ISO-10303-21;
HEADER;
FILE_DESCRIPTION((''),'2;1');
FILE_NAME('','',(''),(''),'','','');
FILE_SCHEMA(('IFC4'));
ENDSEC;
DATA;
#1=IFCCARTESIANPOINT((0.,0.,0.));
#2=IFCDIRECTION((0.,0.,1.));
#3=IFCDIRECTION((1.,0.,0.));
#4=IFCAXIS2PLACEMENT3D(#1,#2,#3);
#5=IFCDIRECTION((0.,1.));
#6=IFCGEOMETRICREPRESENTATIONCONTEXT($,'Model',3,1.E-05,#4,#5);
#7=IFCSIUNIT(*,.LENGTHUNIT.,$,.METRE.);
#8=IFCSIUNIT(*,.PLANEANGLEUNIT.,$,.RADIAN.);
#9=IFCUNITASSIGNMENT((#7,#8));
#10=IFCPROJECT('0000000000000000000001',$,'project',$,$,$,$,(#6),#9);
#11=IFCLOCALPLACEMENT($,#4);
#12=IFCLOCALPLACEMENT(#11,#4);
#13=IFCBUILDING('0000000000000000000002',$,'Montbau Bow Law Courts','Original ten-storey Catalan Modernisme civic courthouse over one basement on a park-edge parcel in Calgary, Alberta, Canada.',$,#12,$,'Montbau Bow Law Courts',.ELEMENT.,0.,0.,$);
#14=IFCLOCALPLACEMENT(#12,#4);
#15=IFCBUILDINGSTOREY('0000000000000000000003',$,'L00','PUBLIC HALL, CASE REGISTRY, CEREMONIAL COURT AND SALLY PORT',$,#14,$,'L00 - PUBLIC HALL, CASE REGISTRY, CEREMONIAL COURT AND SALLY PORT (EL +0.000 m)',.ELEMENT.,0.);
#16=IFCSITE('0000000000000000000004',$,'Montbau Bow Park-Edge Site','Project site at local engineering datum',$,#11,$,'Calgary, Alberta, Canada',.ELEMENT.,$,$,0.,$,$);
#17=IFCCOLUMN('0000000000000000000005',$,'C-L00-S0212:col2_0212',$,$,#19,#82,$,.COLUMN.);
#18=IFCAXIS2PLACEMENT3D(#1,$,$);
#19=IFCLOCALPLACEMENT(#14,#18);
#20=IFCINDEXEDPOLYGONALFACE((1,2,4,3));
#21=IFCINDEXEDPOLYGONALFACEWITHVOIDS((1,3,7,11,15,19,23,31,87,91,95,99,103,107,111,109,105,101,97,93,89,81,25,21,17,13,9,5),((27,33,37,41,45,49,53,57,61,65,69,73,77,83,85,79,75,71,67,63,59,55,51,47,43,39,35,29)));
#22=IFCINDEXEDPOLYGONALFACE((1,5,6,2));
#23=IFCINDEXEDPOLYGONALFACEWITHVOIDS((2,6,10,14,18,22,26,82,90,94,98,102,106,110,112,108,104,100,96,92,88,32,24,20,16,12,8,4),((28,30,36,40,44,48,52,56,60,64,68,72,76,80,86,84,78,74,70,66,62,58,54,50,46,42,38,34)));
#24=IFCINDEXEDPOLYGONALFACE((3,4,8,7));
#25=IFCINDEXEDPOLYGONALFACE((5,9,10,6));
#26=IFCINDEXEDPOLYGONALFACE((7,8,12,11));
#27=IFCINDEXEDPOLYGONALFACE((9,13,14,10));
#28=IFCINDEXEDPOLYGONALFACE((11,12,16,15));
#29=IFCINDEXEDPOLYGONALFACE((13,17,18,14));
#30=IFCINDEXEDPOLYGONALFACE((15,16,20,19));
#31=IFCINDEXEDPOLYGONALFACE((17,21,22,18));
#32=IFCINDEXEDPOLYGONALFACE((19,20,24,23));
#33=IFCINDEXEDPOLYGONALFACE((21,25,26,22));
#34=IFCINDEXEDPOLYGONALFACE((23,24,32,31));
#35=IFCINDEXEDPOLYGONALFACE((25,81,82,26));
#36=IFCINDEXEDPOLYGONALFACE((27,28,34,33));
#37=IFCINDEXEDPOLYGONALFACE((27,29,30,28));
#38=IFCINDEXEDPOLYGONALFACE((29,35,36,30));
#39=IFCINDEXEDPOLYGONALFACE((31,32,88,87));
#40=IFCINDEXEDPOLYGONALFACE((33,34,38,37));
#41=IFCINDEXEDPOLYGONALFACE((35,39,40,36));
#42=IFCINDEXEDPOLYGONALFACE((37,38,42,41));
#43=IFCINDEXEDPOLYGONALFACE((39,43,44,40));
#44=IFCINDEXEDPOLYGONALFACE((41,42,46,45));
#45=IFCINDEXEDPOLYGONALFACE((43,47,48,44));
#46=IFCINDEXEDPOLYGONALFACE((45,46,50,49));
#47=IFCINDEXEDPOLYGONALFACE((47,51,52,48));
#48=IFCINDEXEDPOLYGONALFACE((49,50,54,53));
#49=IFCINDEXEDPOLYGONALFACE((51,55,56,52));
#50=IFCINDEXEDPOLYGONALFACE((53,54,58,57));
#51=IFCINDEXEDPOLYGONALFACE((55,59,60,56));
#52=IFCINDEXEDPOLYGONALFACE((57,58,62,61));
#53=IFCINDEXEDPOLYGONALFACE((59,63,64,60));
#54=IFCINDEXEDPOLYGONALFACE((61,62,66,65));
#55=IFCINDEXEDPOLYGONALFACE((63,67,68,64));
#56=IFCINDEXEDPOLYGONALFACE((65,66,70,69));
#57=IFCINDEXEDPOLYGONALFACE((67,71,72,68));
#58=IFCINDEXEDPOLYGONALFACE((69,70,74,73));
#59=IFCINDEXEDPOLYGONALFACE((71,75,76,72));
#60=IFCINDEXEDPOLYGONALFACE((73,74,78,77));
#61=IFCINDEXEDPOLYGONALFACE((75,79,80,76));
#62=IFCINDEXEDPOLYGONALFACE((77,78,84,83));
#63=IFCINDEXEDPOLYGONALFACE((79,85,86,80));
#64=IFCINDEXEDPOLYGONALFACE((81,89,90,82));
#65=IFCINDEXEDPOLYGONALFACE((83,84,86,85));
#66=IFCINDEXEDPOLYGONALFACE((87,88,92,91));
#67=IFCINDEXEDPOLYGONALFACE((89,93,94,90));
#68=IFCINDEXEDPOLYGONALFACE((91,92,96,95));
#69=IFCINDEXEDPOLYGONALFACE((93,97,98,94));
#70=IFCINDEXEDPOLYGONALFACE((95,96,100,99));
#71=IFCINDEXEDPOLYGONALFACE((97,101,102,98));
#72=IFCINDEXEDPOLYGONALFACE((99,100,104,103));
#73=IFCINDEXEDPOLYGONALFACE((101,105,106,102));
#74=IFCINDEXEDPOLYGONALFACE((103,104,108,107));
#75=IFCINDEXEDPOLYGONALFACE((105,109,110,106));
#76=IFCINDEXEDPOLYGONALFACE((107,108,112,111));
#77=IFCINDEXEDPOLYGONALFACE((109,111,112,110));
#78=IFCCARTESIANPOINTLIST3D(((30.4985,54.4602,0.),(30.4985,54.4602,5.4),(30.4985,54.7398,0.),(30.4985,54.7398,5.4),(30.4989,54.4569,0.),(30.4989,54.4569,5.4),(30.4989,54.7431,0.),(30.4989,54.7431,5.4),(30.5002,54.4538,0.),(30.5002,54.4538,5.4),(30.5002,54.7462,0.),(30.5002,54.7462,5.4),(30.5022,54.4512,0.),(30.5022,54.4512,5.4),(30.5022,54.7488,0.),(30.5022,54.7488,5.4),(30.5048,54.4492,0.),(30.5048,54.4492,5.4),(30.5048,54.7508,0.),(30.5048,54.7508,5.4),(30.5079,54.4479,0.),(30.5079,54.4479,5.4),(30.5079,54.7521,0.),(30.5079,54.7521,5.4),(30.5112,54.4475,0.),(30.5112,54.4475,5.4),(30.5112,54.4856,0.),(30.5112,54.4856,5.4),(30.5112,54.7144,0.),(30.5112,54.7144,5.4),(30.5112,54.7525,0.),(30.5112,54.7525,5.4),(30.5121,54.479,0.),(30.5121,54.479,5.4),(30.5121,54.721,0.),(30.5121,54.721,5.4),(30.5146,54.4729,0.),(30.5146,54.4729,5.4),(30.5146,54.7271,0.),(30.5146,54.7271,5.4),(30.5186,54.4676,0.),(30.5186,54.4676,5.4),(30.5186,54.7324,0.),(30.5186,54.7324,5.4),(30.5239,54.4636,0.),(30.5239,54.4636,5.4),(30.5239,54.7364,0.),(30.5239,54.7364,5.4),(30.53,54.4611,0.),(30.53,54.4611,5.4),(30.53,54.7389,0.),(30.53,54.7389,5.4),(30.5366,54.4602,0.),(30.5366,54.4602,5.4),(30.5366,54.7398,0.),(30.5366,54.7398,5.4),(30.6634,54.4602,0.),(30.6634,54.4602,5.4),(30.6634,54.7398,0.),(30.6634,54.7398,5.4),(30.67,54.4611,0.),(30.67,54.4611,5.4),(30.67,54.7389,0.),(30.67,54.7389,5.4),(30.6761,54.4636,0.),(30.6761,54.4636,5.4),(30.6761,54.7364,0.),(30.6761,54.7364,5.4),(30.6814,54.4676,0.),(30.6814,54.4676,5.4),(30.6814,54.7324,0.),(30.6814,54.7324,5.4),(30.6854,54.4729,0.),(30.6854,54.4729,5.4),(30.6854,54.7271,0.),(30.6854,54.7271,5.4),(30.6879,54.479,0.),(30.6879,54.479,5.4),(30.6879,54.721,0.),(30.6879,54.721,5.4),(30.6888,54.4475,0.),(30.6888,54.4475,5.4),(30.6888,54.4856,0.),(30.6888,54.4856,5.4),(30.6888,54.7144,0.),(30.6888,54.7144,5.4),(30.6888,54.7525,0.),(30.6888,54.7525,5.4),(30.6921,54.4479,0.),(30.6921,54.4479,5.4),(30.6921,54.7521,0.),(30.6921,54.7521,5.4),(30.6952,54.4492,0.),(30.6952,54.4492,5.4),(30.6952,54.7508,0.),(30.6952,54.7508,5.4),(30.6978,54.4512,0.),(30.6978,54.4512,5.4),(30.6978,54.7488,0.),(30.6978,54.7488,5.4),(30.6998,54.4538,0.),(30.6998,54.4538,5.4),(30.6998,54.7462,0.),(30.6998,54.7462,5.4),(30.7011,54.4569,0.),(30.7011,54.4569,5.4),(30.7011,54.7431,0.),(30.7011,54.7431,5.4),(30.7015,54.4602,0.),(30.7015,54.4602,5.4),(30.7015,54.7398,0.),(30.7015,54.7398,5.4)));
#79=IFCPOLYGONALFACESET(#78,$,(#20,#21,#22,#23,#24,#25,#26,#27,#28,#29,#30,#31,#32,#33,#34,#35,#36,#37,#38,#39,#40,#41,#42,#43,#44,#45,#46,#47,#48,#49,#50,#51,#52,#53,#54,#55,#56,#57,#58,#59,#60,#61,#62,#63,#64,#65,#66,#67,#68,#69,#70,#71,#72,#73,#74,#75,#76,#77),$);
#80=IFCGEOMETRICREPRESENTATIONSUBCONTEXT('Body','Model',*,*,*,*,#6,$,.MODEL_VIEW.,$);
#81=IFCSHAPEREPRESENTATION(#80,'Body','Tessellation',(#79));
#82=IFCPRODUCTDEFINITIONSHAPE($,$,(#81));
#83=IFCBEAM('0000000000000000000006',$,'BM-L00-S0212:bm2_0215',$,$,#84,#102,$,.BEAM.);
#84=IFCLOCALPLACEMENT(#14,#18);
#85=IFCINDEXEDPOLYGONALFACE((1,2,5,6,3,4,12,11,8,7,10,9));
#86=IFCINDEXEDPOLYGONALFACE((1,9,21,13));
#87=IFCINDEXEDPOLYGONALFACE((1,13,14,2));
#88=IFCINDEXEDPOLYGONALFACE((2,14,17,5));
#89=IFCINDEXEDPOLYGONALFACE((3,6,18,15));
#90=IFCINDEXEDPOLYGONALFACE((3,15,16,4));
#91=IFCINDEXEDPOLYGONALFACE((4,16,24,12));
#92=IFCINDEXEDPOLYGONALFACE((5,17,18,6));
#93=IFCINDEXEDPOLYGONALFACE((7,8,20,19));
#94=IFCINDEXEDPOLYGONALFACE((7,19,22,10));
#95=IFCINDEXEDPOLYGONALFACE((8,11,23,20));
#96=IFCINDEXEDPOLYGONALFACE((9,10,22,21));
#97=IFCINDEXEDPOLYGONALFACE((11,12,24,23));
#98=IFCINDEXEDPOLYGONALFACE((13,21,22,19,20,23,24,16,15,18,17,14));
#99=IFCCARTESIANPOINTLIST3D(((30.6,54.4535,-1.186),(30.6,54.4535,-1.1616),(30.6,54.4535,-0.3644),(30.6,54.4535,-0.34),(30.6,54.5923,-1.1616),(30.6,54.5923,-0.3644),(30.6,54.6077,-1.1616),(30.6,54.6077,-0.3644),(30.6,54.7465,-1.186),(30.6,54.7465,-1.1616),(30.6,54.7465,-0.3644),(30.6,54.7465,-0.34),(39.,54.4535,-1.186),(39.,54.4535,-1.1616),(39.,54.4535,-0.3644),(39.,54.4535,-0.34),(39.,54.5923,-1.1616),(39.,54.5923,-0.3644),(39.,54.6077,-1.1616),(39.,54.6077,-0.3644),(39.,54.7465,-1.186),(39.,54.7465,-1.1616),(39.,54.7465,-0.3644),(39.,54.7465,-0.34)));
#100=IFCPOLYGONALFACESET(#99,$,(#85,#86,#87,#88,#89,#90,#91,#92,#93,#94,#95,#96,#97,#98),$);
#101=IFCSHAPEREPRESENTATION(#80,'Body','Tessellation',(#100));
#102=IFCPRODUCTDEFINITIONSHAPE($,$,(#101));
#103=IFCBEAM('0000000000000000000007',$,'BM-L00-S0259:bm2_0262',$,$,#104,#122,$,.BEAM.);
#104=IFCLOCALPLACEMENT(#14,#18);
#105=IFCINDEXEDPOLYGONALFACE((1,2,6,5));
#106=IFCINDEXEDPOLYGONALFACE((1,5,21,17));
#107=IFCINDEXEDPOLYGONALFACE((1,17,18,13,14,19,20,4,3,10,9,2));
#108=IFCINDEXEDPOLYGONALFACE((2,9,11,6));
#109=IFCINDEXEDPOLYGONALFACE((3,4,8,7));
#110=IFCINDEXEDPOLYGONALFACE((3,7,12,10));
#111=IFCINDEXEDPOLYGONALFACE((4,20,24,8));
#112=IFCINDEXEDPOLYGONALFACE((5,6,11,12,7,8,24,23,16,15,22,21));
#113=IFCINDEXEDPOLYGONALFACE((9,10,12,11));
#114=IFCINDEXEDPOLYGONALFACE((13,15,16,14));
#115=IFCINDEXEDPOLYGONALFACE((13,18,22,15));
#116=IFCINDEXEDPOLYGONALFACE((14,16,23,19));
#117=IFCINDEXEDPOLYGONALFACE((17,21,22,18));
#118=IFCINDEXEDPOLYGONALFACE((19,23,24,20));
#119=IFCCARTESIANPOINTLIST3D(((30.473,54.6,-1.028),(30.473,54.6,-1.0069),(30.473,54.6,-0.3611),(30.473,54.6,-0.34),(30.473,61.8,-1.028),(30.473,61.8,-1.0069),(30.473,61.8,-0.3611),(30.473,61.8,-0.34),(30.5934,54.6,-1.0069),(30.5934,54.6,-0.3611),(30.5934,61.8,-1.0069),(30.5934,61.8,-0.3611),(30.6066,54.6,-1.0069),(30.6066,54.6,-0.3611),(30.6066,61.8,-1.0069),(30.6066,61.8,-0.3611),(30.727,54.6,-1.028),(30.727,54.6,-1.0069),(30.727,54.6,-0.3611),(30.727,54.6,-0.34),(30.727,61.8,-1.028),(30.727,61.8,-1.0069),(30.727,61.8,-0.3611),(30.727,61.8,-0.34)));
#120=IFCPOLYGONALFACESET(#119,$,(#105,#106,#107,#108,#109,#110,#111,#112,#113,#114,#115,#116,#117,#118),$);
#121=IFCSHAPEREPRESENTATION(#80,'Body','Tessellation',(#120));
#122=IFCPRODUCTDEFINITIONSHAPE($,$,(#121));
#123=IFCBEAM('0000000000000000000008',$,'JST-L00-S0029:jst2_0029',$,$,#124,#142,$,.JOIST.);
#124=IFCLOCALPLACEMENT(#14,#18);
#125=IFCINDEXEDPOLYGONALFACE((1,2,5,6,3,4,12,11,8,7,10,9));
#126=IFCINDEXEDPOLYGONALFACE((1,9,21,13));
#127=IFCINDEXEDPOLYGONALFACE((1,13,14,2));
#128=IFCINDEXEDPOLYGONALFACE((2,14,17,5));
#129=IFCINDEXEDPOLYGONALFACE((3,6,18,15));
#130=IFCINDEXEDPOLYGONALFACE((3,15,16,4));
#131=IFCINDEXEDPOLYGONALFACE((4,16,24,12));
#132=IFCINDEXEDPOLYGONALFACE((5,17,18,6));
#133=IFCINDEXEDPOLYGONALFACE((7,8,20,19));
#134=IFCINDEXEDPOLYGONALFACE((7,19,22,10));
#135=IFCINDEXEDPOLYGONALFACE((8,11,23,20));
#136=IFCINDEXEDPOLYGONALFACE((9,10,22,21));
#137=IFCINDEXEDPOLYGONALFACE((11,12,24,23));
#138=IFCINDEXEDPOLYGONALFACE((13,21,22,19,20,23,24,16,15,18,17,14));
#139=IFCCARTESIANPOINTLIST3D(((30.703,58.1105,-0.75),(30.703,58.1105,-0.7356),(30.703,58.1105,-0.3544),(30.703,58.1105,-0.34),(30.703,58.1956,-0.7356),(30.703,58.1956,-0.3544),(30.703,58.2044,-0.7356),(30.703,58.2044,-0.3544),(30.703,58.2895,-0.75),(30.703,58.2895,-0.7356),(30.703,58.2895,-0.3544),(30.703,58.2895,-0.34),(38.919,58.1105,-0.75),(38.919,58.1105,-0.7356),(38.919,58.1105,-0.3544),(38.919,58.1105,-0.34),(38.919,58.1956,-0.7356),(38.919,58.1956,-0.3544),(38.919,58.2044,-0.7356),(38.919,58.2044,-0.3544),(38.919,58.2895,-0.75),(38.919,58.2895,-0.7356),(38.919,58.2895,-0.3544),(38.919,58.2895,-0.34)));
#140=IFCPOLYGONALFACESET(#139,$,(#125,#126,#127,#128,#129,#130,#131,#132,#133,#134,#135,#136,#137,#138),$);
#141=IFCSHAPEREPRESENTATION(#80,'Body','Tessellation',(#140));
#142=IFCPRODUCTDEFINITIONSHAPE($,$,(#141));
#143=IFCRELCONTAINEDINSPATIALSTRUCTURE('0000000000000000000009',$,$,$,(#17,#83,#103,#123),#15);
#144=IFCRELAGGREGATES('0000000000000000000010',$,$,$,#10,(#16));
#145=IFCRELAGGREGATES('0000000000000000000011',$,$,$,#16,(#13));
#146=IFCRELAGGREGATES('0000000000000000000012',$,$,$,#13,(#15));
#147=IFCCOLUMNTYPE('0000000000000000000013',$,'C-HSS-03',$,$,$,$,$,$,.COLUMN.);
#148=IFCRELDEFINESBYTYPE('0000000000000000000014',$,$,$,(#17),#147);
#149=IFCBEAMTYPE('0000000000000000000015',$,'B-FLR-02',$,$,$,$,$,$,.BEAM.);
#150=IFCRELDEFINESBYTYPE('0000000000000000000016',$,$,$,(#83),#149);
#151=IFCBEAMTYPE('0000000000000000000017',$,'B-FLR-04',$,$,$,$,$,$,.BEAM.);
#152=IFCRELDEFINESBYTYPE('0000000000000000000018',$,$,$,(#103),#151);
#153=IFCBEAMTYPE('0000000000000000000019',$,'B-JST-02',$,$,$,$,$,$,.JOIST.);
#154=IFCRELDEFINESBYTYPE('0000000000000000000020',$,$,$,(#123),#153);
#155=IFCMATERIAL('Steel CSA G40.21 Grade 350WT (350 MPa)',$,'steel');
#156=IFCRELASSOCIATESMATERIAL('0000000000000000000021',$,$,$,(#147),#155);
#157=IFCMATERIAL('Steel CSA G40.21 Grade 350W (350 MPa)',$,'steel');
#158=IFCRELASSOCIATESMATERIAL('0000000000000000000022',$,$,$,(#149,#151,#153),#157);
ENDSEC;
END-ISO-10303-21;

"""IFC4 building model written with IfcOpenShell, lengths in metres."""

from ifc_helpers import new_model, si_unit, direction, frame, origin_with_axes, origin_2d_with_axis, place, context, subcontext, project, spatial, hollow_rectangle, i_section, extrude, material, material_profile, profile_set, type_object, element, save


model = new_model("IFC4")

# Units and contexts
model_context = context("Model", 3, precision=1e-05, world=origin_with_axes(), true_north=direction((0.0, 1.0)))
body_context = subcontext(model_context, "Body", "Model", "MODEL_VIEW")
ifc_project = project(units=[si_unit("LENGTHUNIT", "METRE"), si_unit("PLANEANGLEUNIT", "RADIAN")], contexts=[model_context])

# Site, building, storey
site_placement = place(None, origin_with_axes())
site = spatial("IfcSite", under=ifc_project, at=site_placement, Name="Montbau Bow Park-Edge Site", Description="Project site at local engineering datum", LongName="Calgary, Alberta, Canada", CompositionType="ELEMENT", RefElevation=0.0)
building_placement = place(site_placement, origin_with_axes())
building = spatial("IfcBuilding", under=site, at=building_placement, Name="Montbau Bow Law Courts", Description="Original ten-storey Catalan Modernisme civic courthouse over one basement on a park-edge parcel in Calgary, Alberta, Canada.", LongName="Montbau Bow Law Courts", CompositionType="ELEMENT", ElevationOfRefHeight=0.0, ElevationOfTerrain=0.0)
storey_placement = place(building_placement, origin_with_axes())
storey = spatial("IfcBuildingStorey", under=building, at=storey_placement, Name="L00", Description="PUBLIC HALL, CASE REGISTRY, CEREMONIAL COURT AND SALLY PORT", LongName="L00 - PUBLIC HALL, CASE REGISTRY, CEREMONIAL COURT AND SALLY PORT (EL +0.000 m)", CompositionType="ELEMENT", Elevation=0.0)

# Column
ifc_material_1 = material(Name="Steel CSA G40.21 Grade 350WT (350 MPa)", Category="steel")
ifc_material_profile_1 = material_profile(ifc_material_1, hollow_rectangle(XDim=0.203, YDim=0.305, WallThickness=0.0127, InnerFilletRadius=0.0254, OuterFilletRadius=0.0127, at=origin_2d_with_axis()), Name="HSS305X203X13", Category="Main", Priority=0)
ifc_profile_set_1 = profile_set([ifc_material_profile_1], Name="Steel CSA G40.21 Grade 350WT (350 MPa)")
column_type = type_object("IfcColumnType", Name="C-HSS-03", PredefinedType="COLUMN", material=ifc_profile_set_1)
column_placement = place(None, frame((30.6, 54.6, 0.0), z_axis=(0.0, 0.0, 1.0), x_axis=(1.0, 0.0, 0.0)))
element("IfcColumn", 1, at=column_placement, inside=storey, type_object=column_type, Name="C-L00-S0212:col2_0212", PredefinedType="COLUMN", context=body_context, shape_type="SweptSolid", body=[
    extrude(hollow_rectangle(XDim=0.203, YDim=0.305, WallThickness=0.0127, InnerFilletRadius=0.0254, OuterFilletRadius=0.0127, at=origin_2d_with_axis()), origin_with_axes(), (0.0, 0.0, 1.0), 5.4),
])

# Beams
ifc_material_2 = material(Name="Steel CSA G40.21 Grade 350W (350 MPa)", Category="steel")
ifc_material_profile_2 = material_profile(ifc_material_2, i_section(OverallWidth=0.293, OverallDepth=0.846, WebThickness=0.0154, FlangeThickness=0.0244, at=origin_2d_with_axis()), Name="W840X210", Category="Main", Priority=0)
ifc_profile_set_2 = profile_set([ifc_material_profile_2], Name="Steel CSA G40.21 Grade 350W (350 MPa)")
beam_type_1 = type_object("IfcBeamType", Name="B-FLR-02", PredefinedType="BEAM", material=ifc_profile_set_2)
beam_1_placement = place(None, frame((30.6, 54.6, -0.763), z_axis=(1.0, 0.0, 0.0), x_axis=(0.0, 1.0, 0.0)))
element("IfcBeam", 2, at=beam_1_placement, inside=storey, type_object=beam_type_1, Name="BM-L00-S0212:bm2_0215", PredefinedType="BEAM", context=body_context, shape_type="SweptSolid", body=[
    extrude(i_section(OverallWidth=0.293, OverallDepth=0.846, WebThickness=0.0154, FlangeThickness=0.0244, at=origin_2d_with_axis()), origin_with_axes(), (0.0, 0.0, 1.0), 8.4),
])
ifc_material_profile_3 = material_profile(ifc_material_2, i_section(OverallWidth=0.254, OverallDepth=0.688, WebThickness=0.0131, FlangeThickness=0.0211, at=origin_2d_with_axis()), Name="W690X152", Category="Main", Priority=0)
ifc_profile_set_3 = profile_set([ifc_material_profile_3], Name="Steel CSA G40.21 Grade 350W (350 MPa)")
beam_type_2 = type_object("IfcBeamType", Name="B-FLR-04", PredefinedType="BEAM", material=ifc_profile_set_3)
beam_2_placement = place(None, frame((30.6, 54.6, -0.684), z_axis=(0.0, 1.0, 0.0), x_axis=(-1.0, 0.0, 0.0)))
element("IfcBeam", 3, at=beam_2_placement, inside=storey, type_object=beam_type_2, Name="BM-L00-S0259:bm2_0262", PredefinedType="BEAM", context=body_context, shape_type="SweptSolid", body=[
    extrude(i_section(OverallWidth=0.254, OverallDepth=0.688, WebThickness=0.0131, FlangeThickness=0.0211, at=origin_2d_with_axis()), origin_with_axes(), (0.0, 0.0, 1.0), 7.2),
])
ifc_material_profile_4 = material_profile(ifc_material_2, i_section(OverallWidth=0.179, OverallDepth=0.41, WebThickness=0.0088, FlangeThickness=0.0144, at=origin_2d_with_axis()), Name="W410X67", Category="Main", Priority=0)
ifc_profile_set_4 = profile_set([ifc_material_profile_4], Name="Steel CSA G40.21 Grade 350W (350 MPa)")
beam_type_3 = type_object("IfcBeamType", Name="B-JST-02", PredefinedType="JOIST", material=ifc_profile_set_4)
beam_3_placement = place(None, frame((30.703, 58.2, -0.545), z_axis=(1.0, 0.0, 0.0), x_axis=(0.0, 1.0, 0.0)))
element("IfcBeam", 4, at=beam_3_placement, inside=storey, type_object=beam_type_3, Name="JST-L00-S0029:jst2_0029", PredefinedType="JOIST", context=body_context, shape_type="SweptSolid", body=[
    extrude(i_section(OverallWidth=0.179, OverallDepth=0.41, WebThickness=0.0088, FlangeThickness=0.0144, at=origin_2d_with_axis()), origin_with_axes(), (0.0, 0.0, 1.0), 8.216),
])

save(model, "model.ifc")
